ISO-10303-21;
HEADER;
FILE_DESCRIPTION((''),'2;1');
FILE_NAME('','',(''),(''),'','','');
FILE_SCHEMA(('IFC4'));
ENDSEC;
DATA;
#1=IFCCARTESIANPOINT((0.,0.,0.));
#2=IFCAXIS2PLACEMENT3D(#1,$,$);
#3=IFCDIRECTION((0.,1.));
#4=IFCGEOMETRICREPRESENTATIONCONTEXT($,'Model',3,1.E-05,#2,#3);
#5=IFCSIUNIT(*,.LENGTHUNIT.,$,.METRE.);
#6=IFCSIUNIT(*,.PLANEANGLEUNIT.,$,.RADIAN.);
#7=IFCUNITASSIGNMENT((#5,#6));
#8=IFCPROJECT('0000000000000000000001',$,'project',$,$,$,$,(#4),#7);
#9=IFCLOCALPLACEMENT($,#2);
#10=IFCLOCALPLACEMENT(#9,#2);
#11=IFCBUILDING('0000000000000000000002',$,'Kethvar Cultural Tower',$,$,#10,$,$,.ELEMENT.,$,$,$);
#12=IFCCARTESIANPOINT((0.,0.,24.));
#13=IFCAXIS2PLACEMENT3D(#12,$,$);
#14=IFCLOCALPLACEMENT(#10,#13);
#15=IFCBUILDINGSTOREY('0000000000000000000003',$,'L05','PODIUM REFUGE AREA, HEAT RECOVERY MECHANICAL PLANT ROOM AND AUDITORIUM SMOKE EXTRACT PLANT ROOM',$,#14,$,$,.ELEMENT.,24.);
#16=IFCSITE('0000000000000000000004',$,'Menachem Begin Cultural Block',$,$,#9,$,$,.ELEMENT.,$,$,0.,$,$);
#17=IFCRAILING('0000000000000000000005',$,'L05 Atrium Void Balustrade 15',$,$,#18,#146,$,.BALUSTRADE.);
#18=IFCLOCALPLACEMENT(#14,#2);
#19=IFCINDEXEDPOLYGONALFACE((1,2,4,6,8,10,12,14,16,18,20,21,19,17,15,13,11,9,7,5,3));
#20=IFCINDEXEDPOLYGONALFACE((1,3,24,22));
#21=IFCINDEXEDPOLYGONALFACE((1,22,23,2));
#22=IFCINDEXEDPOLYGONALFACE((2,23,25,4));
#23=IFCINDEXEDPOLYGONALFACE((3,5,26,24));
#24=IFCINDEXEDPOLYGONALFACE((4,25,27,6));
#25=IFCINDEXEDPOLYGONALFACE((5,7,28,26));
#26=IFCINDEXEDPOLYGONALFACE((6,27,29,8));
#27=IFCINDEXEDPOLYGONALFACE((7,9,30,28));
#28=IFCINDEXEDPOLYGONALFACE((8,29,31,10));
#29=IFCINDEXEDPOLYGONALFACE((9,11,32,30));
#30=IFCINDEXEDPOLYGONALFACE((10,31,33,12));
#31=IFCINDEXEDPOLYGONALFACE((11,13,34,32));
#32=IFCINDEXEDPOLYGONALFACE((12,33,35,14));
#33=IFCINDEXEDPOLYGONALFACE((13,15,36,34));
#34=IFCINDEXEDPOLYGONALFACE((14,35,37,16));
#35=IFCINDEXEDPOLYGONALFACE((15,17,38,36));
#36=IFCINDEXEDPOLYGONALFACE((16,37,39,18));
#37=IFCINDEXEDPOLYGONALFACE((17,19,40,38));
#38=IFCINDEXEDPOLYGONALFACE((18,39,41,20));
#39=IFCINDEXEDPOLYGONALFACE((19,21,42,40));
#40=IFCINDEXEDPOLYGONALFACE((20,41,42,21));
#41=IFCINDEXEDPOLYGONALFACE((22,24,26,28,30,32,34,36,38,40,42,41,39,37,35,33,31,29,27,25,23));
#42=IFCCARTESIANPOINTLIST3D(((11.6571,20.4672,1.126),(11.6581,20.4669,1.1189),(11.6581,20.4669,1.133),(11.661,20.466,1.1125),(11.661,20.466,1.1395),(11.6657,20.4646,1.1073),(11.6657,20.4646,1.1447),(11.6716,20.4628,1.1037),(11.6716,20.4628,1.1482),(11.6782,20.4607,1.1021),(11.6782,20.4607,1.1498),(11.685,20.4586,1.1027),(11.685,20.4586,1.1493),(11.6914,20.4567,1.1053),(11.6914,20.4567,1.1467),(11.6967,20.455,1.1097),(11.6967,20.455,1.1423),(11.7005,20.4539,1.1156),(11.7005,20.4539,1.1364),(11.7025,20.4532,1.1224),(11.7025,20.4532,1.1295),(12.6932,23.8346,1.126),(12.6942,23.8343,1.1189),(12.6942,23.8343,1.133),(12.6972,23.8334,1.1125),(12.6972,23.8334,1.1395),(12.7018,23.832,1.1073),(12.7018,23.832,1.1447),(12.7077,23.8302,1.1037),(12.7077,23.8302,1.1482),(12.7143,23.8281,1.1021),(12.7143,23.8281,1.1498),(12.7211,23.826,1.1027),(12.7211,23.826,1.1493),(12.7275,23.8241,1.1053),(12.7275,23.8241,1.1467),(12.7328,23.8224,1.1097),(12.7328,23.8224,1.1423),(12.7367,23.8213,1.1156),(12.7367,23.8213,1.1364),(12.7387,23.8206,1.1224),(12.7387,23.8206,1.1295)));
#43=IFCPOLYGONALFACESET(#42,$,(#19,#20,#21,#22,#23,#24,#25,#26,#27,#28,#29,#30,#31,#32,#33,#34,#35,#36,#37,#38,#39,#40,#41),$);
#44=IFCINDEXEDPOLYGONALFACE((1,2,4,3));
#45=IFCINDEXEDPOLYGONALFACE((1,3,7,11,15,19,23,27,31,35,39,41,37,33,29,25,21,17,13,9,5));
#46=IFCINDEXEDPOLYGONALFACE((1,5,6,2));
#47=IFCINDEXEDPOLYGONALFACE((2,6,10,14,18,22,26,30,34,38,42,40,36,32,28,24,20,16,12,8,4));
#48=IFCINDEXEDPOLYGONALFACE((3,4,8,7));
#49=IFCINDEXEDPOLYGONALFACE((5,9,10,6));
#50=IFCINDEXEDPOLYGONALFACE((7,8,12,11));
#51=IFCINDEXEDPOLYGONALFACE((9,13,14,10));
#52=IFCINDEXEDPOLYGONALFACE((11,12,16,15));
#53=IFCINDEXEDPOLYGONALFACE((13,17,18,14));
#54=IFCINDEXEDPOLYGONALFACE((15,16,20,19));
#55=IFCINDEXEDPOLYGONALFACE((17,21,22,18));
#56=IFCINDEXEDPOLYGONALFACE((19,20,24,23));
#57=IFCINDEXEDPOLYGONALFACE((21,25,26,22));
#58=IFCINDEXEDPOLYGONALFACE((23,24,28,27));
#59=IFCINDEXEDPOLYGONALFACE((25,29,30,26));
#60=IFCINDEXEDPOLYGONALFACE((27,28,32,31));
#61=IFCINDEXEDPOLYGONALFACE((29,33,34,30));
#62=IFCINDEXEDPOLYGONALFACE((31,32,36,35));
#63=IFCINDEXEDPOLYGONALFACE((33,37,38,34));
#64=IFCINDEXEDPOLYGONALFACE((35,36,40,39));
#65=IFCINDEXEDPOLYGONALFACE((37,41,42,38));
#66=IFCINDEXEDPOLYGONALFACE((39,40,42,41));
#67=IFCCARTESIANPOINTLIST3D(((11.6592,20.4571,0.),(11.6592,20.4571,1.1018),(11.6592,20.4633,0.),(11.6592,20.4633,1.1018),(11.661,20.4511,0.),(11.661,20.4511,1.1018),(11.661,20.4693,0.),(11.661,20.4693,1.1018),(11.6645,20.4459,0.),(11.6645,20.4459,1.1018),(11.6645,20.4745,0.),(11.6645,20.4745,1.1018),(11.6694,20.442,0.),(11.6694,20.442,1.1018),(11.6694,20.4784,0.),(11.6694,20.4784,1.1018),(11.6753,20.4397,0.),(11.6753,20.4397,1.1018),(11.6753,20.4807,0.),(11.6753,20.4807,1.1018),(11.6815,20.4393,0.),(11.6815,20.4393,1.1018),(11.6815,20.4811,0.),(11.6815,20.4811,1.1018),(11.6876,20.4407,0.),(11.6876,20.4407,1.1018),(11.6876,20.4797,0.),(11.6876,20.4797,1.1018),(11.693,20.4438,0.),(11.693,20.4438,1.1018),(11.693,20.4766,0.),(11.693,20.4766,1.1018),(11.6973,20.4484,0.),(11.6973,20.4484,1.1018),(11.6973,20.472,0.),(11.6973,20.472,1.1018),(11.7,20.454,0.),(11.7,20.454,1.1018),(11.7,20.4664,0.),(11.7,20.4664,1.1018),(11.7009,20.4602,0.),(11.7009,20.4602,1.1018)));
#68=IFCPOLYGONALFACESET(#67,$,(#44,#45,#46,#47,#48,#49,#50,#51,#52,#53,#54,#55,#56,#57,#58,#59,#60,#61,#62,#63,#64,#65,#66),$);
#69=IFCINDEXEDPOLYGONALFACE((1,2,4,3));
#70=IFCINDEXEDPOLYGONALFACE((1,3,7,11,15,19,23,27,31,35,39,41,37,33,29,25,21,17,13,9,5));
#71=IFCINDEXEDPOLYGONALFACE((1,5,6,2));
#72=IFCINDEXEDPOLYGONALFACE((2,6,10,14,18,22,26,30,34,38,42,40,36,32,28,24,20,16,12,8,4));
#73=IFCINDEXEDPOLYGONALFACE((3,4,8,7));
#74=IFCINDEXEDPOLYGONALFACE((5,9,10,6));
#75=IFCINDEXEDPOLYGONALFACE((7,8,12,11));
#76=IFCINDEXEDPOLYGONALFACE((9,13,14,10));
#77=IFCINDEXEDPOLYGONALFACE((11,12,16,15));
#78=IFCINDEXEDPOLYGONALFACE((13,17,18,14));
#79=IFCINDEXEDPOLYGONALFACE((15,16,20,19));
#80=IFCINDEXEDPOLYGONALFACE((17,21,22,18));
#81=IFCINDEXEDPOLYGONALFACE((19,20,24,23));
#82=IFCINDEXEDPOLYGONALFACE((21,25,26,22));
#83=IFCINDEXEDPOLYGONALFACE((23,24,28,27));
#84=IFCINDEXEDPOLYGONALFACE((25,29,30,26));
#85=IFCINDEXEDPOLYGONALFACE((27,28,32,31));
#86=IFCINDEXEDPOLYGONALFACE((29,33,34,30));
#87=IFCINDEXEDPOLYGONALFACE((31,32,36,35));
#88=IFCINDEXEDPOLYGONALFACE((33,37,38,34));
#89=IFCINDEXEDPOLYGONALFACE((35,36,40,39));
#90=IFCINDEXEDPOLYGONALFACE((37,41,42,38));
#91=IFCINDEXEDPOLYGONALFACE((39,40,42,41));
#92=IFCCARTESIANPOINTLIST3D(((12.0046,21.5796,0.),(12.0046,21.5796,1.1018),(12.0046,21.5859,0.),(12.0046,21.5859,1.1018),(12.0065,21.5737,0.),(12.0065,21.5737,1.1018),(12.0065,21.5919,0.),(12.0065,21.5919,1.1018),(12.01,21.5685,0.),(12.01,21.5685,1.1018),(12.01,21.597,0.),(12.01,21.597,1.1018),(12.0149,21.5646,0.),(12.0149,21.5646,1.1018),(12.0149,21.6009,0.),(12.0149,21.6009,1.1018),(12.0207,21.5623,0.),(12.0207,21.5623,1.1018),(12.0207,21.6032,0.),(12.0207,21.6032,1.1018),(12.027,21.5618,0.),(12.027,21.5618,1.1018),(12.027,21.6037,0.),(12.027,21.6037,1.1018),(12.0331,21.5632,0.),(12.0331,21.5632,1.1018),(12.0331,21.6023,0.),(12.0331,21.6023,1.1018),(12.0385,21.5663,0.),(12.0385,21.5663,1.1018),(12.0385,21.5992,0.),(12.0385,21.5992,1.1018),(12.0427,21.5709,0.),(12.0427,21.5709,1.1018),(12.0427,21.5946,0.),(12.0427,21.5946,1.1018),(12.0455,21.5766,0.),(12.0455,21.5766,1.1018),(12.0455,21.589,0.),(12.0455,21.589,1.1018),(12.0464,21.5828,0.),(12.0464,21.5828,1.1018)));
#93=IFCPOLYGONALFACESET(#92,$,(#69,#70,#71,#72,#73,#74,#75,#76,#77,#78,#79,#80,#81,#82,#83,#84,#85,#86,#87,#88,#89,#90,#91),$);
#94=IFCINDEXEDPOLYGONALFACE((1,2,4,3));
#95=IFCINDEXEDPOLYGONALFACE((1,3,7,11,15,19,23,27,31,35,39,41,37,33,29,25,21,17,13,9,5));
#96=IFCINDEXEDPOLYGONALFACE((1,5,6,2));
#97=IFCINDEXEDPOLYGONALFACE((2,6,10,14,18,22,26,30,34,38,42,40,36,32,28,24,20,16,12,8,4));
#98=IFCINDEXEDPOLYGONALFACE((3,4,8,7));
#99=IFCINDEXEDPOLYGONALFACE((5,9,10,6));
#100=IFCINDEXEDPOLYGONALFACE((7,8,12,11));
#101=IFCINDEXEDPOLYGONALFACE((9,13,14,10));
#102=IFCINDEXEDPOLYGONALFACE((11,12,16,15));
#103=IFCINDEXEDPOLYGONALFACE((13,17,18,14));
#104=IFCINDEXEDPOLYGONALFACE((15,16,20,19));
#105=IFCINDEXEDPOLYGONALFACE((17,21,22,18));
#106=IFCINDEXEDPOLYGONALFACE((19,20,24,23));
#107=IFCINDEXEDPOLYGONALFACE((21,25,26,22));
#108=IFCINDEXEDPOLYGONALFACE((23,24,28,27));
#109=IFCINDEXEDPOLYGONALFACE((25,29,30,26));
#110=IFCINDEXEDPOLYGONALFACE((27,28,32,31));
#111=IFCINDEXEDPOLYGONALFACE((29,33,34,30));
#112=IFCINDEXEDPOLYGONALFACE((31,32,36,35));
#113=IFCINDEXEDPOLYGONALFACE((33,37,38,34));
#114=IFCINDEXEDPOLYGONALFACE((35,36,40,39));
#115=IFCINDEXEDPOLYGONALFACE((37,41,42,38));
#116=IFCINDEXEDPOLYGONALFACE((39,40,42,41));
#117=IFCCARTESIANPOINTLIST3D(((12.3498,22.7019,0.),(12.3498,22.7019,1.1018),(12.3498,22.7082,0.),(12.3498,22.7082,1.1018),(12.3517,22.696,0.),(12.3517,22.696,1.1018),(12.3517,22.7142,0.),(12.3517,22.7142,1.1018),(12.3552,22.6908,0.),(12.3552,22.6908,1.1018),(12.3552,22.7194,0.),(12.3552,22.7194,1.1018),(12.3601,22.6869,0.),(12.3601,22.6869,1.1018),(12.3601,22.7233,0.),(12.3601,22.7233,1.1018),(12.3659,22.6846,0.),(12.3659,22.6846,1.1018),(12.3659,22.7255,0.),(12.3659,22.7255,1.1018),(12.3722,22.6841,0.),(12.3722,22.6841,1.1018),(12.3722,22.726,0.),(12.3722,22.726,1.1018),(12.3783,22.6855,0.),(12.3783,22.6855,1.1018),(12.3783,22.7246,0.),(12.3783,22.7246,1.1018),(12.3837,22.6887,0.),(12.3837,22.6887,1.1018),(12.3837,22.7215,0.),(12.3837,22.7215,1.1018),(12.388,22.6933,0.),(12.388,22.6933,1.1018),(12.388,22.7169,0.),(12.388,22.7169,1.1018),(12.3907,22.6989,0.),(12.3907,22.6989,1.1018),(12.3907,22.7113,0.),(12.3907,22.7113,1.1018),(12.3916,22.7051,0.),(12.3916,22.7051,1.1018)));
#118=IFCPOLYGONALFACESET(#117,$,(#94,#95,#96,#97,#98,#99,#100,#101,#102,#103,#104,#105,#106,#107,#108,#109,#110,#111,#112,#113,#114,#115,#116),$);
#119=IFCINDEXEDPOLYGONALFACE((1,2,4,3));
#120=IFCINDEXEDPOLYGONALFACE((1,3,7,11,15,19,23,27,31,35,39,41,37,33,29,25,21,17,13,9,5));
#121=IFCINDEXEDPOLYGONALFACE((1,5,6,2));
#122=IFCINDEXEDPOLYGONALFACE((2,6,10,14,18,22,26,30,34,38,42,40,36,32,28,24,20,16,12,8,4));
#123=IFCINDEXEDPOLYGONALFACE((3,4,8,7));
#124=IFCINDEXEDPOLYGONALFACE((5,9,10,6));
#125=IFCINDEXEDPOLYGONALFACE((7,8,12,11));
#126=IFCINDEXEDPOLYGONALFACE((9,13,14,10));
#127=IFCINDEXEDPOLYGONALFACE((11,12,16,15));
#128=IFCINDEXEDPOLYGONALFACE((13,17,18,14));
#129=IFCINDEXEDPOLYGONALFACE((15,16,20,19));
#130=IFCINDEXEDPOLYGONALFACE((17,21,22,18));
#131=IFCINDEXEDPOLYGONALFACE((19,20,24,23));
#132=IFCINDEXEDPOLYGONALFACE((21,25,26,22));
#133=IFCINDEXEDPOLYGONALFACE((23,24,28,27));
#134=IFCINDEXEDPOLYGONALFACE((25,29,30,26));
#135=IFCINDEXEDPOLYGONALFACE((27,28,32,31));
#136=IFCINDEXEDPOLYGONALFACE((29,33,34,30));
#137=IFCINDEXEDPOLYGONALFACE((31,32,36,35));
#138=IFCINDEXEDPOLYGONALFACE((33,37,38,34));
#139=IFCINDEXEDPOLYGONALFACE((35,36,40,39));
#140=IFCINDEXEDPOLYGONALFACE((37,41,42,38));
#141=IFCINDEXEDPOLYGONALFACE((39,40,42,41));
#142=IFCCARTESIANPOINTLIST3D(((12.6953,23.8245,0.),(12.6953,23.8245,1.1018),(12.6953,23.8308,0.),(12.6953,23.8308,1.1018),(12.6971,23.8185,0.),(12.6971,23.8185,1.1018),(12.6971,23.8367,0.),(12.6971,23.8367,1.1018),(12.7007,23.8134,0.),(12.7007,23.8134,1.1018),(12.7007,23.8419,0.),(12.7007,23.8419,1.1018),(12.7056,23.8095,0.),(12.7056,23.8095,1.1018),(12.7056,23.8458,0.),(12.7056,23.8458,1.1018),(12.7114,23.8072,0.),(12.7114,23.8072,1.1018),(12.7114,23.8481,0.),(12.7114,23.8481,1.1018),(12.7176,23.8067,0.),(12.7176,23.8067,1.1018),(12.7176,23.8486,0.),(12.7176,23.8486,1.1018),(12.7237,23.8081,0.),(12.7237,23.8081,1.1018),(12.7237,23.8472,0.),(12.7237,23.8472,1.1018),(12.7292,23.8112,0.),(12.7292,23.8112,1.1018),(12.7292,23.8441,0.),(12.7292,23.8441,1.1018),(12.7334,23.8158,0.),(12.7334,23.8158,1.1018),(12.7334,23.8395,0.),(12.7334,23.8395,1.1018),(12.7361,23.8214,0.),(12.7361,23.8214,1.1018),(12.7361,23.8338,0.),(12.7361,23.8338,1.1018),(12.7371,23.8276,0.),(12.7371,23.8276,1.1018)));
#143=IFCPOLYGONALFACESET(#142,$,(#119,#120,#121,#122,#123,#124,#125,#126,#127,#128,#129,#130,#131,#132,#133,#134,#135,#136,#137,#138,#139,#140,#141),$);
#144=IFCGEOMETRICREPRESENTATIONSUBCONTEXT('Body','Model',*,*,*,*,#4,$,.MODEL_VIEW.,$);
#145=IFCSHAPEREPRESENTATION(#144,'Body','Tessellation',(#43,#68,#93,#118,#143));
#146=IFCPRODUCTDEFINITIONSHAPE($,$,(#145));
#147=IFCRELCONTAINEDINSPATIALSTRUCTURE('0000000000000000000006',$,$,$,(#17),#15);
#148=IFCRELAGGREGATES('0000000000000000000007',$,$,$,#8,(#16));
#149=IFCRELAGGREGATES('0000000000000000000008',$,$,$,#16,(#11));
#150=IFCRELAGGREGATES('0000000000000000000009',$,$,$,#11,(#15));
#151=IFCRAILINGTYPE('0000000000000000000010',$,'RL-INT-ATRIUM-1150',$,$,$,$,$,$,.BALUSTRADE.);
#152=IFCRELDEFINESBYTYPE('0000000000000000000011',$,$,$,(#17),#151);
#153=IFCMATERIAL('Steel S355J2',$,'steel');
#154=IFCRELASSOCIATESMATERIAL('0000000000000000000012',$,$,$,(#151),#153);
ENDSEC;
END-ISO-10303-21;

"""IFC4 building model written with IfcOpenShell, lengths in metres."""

from ifc_helpers import new_model, si_unit, direction, frame, origin, origin_2d, place, context, subcontext, project, spatial, circle, extrude, material, type_object, element, save


model = new_model("IFC4")

# Units and contexts
model_context = context("Model", 3, precision=1e-05, world=origin(), true_north=direction((0.0, 1.0)))
body_context = subcontext(model_context, "Body", "Model", "MODEL_VIEW")
ifc_project = project(units=[si_unit("LENGTHUNIT", "METRE"), si_unit("PLANEANGLEUNIT", "RADIAN")], contexts=[model_context])

# Site, building, storey
site_placement = place(None, origin())
site = spatial("IfcSite", under=ifc_project, at=site_placement, Name="Menachem Begin Cultural Block", CompositionType="ELEMENT", RefElevation=0.0)
building_placement = place(site_placement, origin())
building = spatial("IfcBuilding", under=site, at=building_placement, Name="Kethvar Cultural Tower", CompositionType="ELEMENT")
storey_placement = place(building_placement, frame((0.0, 0.0, 24.0)))
storey = spatial("IfcBuildingStorey", under=building, at=storey_placement, Name="L05", Description="PODIUM REFUGE AREA, HEAT RECOVERY MECHANICAL PLANT ROOM AND AUDITORIUM SMOKE EXTRACT PLANT ROOM", CompositionType="ELEMENT", Elevation=24.0)

# Shared definitions
ifc_material_1 = material(Name="Steel S355J2", Category="steel")

# Railing
railing_type = type_object("IfcRailingType", Name="RL-INT-ATRIUM-1150", PredefinedType="BALUSTRADE", material=ifc_material_1)
railing_1_placement = place(storey_placement, frame((11.6799, 20.4602, 0.0)))
element("IfcRailing", 1, at=railing_1_placement, inside=storey, type_object=railing_type, Name="L05 Atrium Void Balustrade 15", PredefinedType="BALUSTRADE", context=body_context, shape_type="SweptSolid", body=[
    extrude(circle(Radius=0.0239, at=origin_2d()), frame((0.0, 0.0, 1.126), z_axis=(0.294086, 0.955779, 0.0), x_axis=(-0.955779, 0.294086, 0.0)), (0.0, 0.0, 1.0), 3.5232),
    extrude(circle(Radius=0.021, at=origin_2d()), origin(), (0.0, 0.0, 1.0), 1.1018),
    extrude(circle(Radius=0.021, at=origin_2d()), frame((0.3455, 1.1226, 0.0)), (0.0, 0.0, 1.0), 1.1018),
    extrude(circle(Radius=0.021, at=origin_2d()), frame((0.6907, 2.2449, 0.0)), (0.0, 0.0, 1.0), 1.1018),
    extrude(circle(Radius=0.021, at=origin_2d()), frame((1.0361, 3.3674, 0.0)), (0.0, 0.0, 1.0), 1.1018),
])

save(model, "model.ifc")
